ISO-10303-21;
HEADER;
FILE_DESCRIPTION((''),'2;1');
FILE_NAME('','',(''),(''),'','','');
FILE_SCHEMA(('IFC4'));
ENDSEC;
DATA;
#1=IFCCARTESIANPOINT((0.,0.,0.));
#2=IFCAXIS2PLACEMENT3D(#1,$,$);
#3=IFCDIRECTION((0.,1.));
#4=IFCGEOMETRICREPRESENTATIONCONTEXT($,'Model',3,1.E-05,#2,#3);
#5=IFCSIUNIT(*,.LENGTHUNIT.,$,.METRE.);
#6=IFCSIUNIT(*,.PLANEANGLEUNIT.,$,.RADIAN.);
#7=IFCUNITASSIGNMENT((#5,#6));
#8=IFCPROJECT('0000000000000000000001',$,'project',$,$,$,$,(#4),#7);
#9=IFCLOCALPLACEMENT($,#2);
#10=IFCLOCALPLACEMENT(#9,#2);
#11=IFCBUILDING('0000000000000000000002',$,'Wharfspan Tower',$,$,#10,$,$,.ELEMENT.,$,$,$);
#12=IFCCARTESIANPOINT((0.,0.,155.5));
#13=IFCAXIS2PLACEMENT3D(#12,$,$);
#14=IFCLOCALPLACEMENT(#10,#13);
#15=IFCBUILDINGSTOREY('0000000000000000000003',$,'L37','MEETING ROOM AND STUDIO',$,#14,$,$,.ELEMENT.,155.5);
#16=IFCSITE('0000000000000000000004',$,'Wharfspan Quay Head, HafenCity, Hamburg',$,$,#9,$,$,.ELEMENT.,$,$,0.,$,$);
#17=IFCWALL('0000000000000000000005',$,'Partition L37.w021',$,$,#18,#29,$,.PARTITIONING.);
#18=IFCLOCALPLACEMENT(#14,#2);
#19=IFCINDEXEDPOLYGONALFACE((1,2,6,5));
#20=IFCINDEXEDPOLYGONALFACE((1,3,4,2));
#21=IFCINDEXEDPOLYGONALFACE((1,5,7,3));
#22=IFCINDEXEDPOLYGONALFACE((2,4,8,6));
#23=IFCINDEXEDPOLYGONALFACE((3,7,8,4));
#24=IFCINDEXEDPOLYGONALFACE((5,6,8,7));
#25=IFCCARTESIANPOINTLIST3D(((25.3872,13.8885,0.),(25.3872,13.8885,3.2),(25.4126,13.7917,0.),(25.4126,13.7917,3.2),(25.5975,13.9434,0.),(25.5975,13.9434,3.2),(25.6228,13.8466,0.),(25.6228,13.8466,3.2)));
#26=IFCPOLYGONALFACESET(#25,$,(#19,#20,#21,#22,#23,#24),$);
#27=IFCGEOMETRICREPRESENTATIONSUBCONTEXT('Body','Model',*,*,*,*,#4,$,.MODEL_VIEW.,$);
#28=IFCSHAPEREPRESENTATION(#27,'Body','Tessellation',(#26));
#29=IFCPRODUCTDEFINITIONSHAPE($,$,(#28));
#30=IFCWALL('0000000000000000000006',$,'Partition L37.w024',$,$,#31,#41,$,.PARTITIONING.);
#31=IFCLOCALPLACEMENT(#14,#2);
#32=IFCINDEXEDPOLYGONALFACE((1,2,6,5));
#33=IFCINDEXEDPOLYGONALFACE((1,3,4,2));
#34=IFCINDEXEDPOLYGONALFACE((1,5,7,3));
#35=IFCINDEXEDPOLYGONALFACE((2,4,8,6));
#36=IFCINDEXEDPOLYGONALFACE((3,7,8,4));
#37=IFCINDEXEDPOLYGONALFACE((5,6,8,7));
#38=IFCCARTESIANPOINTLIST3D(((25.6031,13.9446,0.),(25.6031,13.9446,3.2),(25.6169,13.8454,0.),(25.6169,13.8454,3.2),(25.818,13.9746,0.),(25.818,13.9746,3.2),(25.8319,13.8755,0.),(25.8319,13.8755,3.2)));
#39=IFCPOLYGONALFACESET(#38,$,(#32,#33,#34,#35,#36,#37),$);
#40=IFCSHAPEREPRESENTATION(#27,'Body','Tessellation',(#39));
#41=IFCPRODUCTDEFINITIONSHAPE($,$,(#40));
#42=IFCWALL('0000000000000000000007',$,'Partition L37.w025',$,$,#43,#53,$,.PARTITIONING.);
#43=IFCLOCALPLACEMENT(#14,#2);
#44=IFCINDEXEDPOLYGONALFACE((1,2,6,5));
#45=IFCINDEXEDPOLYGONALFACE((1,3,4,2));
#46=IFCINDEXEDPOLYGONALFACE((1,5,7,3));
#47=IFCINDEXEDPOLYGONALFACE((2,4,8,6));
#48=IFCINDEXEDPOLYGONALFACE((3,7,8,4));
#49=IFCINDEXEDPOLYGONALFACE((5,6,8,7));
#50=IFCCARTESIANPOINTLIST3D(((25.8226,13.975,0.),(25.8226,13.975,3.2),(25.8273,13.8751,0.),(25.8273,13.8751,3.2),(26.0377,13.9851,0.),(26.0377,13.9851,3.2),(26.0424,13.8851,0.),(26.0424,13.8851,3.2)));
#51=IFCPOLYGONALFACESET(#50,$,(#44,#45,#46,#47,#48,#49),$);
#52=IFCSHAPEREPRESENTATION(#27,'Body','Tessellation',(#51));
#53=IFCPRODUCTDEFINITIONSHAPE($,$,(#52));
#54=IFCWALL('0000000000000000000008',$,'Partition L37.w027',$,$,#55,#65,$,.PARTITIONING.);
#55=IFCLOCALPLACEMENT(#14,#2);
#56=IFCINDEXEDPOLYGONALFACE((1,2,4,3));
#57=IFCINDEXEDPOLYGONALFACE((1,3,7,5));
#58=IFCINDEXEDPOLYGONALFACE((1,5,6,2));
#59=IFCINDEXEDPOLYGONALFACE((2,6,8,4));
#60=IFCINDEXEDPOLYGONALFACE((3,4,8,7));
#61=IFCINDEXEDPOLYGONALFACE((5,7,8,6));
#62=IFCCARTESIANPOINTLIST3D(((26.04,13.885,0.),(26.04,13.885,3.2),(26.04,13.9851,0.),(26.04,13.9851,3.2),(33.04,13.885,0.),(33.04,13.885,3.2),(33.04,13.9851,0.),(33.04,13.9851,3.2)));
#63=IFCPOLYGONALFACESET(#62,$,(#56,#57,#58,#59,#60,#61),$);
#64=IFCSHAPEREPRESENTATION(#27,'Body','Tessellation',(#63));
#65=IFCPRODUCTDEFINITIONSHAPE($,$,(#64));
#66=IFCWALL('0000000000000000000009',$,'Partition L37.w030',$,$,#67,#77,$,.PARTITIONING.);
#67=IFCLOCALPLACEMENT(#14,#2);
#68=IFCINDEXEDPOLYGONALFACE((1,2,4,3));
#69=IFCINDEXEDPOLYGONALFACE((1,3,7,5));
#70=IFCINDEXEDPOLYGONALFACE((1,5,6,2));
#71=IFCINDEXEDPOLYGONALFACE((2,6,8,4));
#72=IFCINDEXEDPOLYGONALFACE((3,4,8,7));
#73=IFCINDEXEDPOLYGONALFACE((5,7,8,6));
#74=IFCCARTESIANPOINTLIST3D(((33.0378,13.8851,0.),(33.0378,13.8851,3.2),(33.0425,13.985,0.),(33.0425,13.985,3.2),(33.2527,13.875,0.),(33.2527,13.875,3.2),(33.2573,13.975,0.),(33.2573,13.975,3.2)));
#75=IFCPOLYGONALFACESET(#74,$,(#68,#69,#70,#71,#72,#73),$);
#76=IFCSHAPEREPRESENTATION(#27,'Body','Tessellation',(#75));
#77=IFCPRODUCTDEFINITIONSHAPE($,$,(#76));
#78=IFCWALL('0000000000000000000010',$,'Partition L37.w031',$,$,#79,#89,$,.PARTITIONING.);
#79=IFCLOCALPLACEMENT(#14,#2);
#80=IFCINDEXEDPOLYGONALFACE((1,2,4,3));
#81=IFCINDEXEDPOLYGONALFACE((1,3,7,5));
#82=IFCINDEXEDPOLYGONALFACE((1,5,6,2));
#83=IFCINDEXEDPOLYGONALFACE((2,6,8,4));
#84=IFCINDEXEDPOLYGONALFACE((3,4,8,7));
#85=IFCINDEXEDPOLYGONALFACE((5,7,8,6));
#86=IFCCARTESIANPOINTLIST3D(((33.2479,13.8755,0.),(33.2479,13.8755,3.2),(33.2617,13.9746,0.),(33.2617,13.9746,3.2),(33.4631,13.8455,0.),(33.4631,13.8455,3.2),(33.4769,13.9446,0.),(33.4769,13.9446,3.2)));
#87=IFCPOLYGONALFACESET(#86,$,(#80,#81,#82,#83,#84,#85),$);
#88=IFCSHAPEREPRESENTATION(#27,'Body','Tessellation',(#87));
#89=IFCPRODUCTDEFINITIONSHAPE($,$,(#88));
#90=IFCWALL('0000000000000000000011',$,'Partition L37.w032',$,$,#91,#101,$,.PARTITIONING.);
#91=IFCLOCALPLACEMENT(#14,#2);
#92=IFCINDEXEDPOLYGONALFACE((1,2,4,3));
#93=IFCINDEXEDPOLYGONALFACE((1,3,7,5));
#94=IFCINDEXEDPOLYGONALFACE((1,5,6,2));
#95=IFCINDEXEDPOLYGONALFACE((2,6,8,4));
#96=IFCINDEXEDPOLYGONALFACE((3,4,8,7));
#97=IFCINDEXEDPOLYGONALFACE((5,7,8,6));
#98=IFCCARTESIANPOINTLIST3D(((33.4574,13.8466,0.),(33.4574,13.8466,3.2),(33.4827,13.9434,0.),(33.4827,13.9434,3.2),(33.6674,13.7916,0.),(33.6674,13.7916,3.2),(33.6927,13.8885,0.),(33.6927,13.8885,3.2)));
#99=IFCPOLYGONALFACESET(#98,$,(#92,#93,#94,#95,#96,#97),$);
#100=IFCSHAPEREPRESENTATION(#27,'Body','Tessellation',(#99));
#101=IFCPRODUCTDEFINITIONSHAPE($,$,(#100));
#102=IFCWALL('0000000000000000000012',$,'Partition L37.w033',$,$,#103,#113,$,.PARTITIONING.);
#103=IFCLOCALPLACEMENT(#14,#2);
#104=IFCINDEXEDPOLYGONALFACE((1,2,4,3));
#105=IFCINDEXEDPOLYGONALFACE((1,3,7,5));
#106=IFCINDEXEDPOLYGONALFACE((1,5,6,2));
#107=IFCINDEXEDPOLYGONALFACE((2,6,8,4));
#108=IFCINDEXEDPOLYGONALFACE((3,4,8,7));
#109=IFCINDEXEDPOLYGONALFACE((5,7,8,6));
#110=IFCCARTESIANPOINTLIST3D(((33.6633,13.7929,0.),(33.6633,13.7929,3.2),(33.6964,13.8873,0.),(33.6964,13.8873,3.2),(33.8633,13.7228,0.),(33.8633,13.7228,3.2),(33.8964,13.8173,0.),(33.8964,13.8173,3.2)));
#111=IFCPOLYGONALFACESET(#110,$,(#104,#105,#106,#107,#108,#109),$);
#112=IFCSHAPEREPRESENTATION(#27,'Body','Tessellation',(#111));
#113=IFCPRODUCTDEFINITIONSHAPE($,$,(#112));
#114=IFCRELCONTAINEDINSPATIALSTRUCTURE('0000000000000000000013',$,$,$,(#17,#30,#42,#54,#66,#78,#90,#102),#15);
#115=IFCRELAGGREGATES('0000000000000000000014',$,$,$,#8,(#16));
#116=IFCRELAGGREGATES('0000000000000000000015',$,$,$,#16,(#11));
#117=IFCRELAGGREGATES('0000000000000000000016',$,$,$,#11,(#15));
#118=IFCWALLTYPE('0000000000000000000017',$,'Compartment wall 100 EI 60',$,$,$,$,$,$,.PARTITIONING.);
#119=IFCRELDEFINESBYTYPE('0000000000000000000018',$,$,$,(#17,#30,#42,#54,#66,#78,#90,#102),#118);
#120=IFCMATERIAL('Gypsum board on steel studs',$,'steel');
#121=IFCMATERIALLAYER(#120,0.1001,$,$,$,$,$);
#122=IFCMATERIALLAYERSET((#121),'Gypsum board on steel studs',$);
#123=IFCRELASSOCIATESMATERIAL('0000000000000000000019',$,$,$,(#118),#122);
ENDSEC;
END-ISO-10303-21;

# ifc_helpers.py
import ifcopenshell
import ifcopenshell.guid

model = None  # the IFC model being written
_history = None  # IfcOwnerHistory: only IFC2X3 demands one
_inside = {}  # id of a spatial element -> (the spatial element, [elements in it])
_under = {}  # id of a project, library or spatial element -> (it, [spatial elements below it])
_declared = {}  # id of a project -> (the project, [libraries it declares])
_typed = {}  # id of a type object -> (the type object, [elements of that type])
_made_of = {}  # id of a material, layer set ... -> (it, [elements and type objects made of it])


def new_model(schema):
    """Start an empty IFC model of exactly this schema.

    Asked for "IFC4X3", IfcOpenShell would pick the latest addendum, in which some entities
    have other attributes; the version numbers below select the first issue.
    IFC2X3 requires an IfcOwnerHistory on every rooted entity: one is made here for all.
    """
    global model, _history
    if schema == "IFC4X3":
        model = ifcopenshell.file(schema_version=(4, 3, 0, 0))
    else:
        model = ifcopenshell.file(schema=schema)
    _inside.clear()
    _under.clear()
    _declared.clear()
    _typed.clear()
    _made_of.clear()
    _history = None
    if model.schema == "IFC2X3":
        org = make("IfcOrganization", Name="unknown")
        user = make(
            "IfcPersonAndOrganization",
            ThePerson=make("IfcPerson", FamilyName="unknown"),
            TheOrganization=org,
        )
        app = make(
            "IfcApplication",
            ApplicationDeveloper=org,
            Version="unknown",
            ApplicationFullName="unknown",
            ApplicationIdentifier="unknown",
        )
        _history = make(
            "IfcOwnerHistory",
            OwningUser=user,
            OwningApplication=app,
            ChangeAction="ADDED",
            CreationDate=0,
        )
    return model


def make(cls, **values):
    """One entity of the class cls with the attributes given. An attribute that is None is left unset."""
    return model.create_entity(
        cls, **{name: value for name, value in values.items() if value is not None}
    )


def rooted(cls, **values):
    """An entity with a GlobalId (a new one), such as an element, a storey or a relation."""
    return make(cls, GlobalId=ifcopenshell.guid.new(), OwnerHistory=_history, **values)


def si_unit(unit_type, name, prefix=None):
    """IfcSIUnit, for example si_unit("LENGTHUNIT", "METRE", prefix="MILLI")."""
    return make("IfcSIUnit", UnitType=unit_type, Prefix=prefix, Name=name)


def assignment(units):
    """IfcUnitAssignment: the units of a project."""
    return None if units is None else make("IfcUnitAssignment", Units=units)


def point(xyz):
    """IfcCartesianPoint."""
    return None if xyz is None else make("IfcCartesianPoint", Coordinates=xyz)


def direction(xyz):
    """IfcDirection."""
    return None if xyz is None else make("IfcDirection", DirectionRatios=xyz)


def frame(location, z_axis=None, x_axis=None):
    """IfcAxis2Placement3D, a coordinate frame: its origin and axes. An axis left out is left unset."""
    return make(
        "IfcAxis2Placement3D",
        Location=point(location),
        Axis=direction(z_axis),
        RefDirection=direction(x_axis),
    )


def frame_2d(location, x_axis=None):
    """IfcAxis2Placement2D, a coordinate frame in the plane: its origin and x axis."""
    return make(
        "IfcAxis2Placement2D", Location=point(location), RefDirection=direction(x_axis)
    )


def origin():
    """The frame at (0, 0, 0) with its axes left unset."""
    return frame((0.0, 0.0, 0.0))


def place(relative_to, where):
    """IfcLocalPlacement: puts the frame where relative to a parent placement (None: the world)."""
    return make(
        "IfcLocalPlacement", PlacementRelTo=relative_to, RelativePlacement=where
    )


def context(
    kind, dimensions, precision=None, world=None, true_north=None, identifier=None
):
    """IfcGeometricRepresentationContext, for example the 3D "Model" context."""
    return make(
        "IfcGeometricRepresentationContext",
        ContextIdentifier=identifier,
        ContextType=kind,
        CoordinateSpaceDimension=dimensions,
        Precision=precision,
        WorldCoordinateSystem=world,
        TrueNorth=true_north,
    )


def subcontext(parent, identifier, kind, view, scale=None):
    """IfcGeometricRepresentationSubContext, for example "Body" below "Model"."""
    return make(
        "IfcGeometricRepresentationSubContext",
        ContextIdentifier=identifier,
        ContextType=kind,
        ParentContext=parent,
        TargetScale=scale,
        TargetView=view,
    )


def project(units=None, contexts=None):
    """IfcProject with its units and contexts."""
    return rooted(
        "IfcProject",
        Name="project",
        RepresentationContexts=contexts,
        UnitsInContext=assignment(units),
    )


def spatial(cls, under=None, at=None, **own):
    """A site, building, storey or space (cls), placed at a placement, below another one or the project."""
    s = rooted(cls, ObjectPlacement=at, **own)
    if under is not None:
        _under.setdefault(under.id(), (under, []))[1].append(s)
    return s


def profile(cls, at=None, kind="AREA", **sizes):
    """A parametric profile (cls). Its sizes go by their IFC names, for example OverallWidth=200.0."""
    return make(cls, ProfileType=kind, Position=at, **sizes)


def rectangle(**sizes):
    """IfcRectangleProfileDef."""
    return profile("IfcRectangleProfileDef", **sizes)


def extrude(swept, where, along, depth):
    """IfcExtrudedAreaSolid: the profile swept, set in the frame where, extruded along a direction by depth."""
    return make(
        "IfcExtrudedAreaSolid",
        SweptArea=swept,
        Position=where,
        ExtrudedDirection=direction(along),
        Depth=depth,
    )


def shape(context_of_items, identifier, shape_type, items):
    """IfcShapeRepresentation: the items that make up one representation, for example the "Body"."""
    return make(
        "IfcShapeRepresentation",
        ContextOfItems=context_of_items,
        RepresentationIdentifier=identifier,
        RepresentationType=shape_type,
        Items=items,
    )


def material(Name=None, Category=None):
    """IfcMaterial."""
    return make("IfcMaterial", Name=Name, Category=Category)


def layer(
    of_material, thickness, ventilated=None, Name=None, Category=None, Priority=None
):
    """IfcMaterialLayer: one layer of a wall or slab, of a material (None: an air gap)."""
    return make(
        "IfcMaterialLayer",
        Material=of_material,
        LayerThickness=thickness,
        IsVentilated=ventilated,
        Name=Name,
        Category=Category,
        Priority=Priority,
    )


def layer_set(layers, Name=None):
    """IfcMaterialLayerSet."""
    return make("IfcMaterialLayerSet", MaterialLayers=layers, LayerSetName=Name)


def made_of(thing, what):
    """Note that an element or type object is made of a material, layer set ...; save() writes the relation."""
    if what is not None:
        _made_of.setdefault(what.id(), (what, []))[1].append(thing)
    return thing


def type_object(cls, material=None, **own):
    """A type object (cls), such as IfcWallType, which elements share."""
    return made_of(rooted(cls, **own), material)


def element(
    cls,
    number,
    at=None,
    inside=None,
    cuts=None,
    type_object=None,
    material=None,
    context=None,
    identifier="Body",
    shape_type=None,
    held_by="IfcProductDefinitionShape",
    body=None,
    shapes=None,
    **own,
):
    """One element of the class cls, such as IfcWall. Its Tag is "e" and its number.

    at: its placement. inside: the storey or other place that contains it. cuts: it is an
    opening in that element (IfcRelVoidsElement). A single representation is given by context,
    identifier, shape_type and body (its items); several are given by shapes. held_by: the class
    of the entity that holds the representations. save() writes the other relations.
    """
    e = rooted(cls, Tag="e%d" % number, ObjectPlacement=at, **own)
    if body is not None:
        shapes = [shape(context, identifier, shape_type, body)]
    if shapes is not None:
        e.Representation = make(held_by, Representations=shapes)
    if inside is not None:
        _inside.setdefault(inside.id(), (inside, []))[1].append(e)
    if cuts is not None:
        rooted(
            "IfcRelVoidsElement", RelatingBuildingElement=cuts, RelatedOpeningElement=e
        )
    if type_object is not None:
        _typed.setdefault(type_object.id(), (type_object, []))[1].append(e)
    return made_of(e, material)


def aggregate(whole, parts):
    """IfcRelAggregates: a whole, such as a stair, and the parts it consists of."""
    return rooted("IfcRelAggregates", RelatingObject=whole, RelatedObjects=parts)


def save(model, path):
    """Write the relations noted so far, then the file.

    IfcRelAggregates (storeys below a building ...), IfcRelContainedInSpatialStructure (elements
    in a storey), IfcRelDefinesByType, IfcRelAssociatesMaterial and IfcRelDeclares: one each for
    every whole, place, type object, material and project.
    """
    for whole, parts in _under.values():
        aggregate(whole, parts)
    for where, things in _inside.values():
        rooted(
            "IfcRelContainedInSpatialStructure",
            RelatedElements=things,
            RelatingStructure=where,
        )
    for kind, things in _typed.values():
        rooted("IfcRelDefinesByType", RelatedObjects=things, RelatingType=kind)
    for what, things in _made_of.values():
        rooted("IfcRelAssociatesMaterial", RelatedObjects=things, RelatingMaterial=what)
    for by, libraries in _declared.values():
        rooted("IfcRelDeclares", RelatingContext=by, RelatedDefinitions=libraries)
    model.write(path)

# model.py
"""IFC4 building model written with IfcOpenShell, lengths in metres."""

from ifc_helpers import new_model, si_unit, direction, frame, frame_2d, origin, place, context, subcontext, project, spatial, rectangle, extrude, material, layer, layer_set, type_object, element, save


model = new_model("IFC4")

# Units and contexts
model_context = context("Model", 3, precision=1e-05, world=origin(), true_north=direction((0.0, 1.0)))
body_context = subcontext(model_context, "Body", "Model", "MODEL_VIEW")
ifc_project = project(units=[si_unit("LENGTHUNIT", "METRE"), si_unit("PLANEANGLEUNIT", "RADIAN")], contexts=[model_context])

# Site, building, storey
site_placement = place(None, origin())
site = spatial("IfcSite", under=ifc_project, at=site_placement, Name="Wharfspan Quay Head, HafenCity, Hamburg", CompositionType="ELEMENT", RefElevation=0.0)
building_placement = place(site_placement, origin())
building = spatial("IfcBuilding", under=site, at=building_placement, Name="Wharfspan Tower", CompositionType="ELEMENT")
storey_placement = place(building_placement, frame((0.0, 0.0, 155.5)))
storey = spatial("IfcBuildingStorey", under=building, at=storey_placement, Name="L37", Description="MEETING ROOM AND STUDIO", CompositionType="ELEMENT", Elevation=155.5)

# Shared definitions
ifc_material_1 = material(Name="Gypsum board on steel studs", Category="steel")
ifc_layer = layer(ifc_material_1, 0.1001)
ifc_layer_set = layer_set([ifc_layer], Name="Gypsum board on steel studs")
wall_type = type_object("IfcWallType", Name="Compartment wall 100 EI 60", PredefinedType="PARTITIONING", material=ifc_layer_set)

# Walls
wall_1_placement = place(storey_placement, frame((25.3999, 13.8401, 0.0), z_axis=(0.0, 0.0, 1.0), x_axis=(0.967508, 0.252833, 0.0)))
element("IfcWall", 1, at=wall_1_placement, inside=storey, type_object=wall_type, Name="Partition L37.w021", PredefinedType="PARTITIONING", context=body_context, shape_type="SweptSolid", body=[
    extrude(rectangle(XDim=0.2173, YDim=0.1001, at=frame_2d((0.1086, 0.0))), origin(), (0.0, 0.0, 1.0), 3.2),
])
wall_2_placement = place(storey_placement, frame((25.6101, 13.895, 0.0), z_axis=(0.0, 0.0, 1.0), x_axis=(0.990372, 0.138427, 0.0)))
element("IfcWall", 2, at=wall_2_placement, inside=storey, type_object=wall_type, Name="Partition L37.w024", PredefinedType="PARTITIONING", context=body_context, shape_type="SweptSolid", body=[
    extrude(rectangle(XDim=0.217, YDim=0.1001, at=frame_2d((0.1084, 0.0))), origin(), (0.0, 0.0, 1.0), 3.2),
])
wall_3_placement = place(storey_placement, frame((25.825, 13.925, 0.0), z_axis=(0.0, 0.0, 1.0), x_axis=(0.998923, 0.046488, 0.0)))
element("IfcWall", 3, at=wall_3_placement, inside=storey, type_object=wall_type, Name="Partition L37.w025", PredefinedType="PARTITIONING", context=body_context, shape_type="SweptSolid", body=[
    extrude(rectangle(XDim=0.2153, YDim=0.1001, at=frame_2d((0.1077, 0.0))), origin(), (0.0, 0.0, 1.0), 3.2),
])
wall_4_placement = place(storey_placement, frame((26.04, 13.9351, 0.0), z_axis=(0.0, 0.0, 1.0), x_axis=(1.0, 0.0, 0.0)))
element("IfcWall", 4, at=wall_4_placement, inside=storey, type_object=wall_type, Name="Partition L37.w027", PredefinedType="PARTITIONING", context=body_context, shape_type="SweptSolid", body=[
    extrude(rectangle(XDim=7.0, YDim=0.1001, at=frame_2d((3.5, 0.0))), origin(), (0.0, 0.0, 1.0), 3.2),
])
wall_5_placement = place(storey_placement, frame((33.2549, 13.925, 0.0), z_axis=(0.0, 0.0, 1.0), x_axis=(-0.998912, 0.04654, 0.0)))
element("IfcWall", 5, at=wall_5_placement, inside=storey, type_object=wall_type, Name="Partition L37.w030", PredefinedType="PARTITIONING", context=body_context, shape_type="SweptSolid", body=[
    extrude(rectangle(XDim=0.2151, YDim=0.1001, at=frame_2d((0.1074, 0.0))), origin(), (0.0, 0.0, 1.0), 3.2),
])
wall_6_placement = place(storey_placement, frame((33.47, 13.895, 0.0), z_axis=(0.0, 0.0, 1.0), x_axis=(-0.990394, 0.138273, 0.0)))
element("IfcWall", 6, at=wall_6_placement, inside=storey, type_object=wall_type, Name="Partition L37.w031", PredefinedType="PARTITIONING", context=body_context, shape_type="SweptSolid", body=[
    extrude(rectangle(XDim=0.2173, YDim=0.1001, at=frame_2d((0.1086, 0.0))), origin(), (0.0, 0.0, 1.0), 3.2),
])
wall_7_placement = place(storey_placement, frame((33.6799, 13.8401, 0.0), z_axis=(0.0, 0.0, 1.0), x_axis=(-0.967435, 0.253108, 0.0)))
element("IfcWall", 7, at=wall_7_placement, inside=storey, type_object=wall_type, Name="Partition L37.w032", PredefinedType="PARTITIONING", context=body_context, shape_type="SweptSolid", body=[
    extrude(rectangle(XDim=0.217, YDim=0.1001, at=frame_2d((0.1084, 0.0))), origin(), (0.0, 0.0, 1.0), 3.2),
])
wall_8_placement = place(storey_placement, frame((33.8799, 13.77, 0.0), z_axis=(0.0, 0.0, 1.0), x_axis=(-0.943736, 0.330711, 0.0)))
element("IfcWall", 8, at=wall_8_placement, inside=storey, type_object=wall_type, Name="Partition L37.w033", PredefinedType="PARTITIONING", context=body_context, shape_type="SweptSolid", body=[
    extrude(rectangle(XDim=0.2119, YDim=0.1001, at=frame_2d((0.106, 0.0))), origin(), (0.0, 0.0, 1.0), 3.2),
])

save(model, "model.ifc")
